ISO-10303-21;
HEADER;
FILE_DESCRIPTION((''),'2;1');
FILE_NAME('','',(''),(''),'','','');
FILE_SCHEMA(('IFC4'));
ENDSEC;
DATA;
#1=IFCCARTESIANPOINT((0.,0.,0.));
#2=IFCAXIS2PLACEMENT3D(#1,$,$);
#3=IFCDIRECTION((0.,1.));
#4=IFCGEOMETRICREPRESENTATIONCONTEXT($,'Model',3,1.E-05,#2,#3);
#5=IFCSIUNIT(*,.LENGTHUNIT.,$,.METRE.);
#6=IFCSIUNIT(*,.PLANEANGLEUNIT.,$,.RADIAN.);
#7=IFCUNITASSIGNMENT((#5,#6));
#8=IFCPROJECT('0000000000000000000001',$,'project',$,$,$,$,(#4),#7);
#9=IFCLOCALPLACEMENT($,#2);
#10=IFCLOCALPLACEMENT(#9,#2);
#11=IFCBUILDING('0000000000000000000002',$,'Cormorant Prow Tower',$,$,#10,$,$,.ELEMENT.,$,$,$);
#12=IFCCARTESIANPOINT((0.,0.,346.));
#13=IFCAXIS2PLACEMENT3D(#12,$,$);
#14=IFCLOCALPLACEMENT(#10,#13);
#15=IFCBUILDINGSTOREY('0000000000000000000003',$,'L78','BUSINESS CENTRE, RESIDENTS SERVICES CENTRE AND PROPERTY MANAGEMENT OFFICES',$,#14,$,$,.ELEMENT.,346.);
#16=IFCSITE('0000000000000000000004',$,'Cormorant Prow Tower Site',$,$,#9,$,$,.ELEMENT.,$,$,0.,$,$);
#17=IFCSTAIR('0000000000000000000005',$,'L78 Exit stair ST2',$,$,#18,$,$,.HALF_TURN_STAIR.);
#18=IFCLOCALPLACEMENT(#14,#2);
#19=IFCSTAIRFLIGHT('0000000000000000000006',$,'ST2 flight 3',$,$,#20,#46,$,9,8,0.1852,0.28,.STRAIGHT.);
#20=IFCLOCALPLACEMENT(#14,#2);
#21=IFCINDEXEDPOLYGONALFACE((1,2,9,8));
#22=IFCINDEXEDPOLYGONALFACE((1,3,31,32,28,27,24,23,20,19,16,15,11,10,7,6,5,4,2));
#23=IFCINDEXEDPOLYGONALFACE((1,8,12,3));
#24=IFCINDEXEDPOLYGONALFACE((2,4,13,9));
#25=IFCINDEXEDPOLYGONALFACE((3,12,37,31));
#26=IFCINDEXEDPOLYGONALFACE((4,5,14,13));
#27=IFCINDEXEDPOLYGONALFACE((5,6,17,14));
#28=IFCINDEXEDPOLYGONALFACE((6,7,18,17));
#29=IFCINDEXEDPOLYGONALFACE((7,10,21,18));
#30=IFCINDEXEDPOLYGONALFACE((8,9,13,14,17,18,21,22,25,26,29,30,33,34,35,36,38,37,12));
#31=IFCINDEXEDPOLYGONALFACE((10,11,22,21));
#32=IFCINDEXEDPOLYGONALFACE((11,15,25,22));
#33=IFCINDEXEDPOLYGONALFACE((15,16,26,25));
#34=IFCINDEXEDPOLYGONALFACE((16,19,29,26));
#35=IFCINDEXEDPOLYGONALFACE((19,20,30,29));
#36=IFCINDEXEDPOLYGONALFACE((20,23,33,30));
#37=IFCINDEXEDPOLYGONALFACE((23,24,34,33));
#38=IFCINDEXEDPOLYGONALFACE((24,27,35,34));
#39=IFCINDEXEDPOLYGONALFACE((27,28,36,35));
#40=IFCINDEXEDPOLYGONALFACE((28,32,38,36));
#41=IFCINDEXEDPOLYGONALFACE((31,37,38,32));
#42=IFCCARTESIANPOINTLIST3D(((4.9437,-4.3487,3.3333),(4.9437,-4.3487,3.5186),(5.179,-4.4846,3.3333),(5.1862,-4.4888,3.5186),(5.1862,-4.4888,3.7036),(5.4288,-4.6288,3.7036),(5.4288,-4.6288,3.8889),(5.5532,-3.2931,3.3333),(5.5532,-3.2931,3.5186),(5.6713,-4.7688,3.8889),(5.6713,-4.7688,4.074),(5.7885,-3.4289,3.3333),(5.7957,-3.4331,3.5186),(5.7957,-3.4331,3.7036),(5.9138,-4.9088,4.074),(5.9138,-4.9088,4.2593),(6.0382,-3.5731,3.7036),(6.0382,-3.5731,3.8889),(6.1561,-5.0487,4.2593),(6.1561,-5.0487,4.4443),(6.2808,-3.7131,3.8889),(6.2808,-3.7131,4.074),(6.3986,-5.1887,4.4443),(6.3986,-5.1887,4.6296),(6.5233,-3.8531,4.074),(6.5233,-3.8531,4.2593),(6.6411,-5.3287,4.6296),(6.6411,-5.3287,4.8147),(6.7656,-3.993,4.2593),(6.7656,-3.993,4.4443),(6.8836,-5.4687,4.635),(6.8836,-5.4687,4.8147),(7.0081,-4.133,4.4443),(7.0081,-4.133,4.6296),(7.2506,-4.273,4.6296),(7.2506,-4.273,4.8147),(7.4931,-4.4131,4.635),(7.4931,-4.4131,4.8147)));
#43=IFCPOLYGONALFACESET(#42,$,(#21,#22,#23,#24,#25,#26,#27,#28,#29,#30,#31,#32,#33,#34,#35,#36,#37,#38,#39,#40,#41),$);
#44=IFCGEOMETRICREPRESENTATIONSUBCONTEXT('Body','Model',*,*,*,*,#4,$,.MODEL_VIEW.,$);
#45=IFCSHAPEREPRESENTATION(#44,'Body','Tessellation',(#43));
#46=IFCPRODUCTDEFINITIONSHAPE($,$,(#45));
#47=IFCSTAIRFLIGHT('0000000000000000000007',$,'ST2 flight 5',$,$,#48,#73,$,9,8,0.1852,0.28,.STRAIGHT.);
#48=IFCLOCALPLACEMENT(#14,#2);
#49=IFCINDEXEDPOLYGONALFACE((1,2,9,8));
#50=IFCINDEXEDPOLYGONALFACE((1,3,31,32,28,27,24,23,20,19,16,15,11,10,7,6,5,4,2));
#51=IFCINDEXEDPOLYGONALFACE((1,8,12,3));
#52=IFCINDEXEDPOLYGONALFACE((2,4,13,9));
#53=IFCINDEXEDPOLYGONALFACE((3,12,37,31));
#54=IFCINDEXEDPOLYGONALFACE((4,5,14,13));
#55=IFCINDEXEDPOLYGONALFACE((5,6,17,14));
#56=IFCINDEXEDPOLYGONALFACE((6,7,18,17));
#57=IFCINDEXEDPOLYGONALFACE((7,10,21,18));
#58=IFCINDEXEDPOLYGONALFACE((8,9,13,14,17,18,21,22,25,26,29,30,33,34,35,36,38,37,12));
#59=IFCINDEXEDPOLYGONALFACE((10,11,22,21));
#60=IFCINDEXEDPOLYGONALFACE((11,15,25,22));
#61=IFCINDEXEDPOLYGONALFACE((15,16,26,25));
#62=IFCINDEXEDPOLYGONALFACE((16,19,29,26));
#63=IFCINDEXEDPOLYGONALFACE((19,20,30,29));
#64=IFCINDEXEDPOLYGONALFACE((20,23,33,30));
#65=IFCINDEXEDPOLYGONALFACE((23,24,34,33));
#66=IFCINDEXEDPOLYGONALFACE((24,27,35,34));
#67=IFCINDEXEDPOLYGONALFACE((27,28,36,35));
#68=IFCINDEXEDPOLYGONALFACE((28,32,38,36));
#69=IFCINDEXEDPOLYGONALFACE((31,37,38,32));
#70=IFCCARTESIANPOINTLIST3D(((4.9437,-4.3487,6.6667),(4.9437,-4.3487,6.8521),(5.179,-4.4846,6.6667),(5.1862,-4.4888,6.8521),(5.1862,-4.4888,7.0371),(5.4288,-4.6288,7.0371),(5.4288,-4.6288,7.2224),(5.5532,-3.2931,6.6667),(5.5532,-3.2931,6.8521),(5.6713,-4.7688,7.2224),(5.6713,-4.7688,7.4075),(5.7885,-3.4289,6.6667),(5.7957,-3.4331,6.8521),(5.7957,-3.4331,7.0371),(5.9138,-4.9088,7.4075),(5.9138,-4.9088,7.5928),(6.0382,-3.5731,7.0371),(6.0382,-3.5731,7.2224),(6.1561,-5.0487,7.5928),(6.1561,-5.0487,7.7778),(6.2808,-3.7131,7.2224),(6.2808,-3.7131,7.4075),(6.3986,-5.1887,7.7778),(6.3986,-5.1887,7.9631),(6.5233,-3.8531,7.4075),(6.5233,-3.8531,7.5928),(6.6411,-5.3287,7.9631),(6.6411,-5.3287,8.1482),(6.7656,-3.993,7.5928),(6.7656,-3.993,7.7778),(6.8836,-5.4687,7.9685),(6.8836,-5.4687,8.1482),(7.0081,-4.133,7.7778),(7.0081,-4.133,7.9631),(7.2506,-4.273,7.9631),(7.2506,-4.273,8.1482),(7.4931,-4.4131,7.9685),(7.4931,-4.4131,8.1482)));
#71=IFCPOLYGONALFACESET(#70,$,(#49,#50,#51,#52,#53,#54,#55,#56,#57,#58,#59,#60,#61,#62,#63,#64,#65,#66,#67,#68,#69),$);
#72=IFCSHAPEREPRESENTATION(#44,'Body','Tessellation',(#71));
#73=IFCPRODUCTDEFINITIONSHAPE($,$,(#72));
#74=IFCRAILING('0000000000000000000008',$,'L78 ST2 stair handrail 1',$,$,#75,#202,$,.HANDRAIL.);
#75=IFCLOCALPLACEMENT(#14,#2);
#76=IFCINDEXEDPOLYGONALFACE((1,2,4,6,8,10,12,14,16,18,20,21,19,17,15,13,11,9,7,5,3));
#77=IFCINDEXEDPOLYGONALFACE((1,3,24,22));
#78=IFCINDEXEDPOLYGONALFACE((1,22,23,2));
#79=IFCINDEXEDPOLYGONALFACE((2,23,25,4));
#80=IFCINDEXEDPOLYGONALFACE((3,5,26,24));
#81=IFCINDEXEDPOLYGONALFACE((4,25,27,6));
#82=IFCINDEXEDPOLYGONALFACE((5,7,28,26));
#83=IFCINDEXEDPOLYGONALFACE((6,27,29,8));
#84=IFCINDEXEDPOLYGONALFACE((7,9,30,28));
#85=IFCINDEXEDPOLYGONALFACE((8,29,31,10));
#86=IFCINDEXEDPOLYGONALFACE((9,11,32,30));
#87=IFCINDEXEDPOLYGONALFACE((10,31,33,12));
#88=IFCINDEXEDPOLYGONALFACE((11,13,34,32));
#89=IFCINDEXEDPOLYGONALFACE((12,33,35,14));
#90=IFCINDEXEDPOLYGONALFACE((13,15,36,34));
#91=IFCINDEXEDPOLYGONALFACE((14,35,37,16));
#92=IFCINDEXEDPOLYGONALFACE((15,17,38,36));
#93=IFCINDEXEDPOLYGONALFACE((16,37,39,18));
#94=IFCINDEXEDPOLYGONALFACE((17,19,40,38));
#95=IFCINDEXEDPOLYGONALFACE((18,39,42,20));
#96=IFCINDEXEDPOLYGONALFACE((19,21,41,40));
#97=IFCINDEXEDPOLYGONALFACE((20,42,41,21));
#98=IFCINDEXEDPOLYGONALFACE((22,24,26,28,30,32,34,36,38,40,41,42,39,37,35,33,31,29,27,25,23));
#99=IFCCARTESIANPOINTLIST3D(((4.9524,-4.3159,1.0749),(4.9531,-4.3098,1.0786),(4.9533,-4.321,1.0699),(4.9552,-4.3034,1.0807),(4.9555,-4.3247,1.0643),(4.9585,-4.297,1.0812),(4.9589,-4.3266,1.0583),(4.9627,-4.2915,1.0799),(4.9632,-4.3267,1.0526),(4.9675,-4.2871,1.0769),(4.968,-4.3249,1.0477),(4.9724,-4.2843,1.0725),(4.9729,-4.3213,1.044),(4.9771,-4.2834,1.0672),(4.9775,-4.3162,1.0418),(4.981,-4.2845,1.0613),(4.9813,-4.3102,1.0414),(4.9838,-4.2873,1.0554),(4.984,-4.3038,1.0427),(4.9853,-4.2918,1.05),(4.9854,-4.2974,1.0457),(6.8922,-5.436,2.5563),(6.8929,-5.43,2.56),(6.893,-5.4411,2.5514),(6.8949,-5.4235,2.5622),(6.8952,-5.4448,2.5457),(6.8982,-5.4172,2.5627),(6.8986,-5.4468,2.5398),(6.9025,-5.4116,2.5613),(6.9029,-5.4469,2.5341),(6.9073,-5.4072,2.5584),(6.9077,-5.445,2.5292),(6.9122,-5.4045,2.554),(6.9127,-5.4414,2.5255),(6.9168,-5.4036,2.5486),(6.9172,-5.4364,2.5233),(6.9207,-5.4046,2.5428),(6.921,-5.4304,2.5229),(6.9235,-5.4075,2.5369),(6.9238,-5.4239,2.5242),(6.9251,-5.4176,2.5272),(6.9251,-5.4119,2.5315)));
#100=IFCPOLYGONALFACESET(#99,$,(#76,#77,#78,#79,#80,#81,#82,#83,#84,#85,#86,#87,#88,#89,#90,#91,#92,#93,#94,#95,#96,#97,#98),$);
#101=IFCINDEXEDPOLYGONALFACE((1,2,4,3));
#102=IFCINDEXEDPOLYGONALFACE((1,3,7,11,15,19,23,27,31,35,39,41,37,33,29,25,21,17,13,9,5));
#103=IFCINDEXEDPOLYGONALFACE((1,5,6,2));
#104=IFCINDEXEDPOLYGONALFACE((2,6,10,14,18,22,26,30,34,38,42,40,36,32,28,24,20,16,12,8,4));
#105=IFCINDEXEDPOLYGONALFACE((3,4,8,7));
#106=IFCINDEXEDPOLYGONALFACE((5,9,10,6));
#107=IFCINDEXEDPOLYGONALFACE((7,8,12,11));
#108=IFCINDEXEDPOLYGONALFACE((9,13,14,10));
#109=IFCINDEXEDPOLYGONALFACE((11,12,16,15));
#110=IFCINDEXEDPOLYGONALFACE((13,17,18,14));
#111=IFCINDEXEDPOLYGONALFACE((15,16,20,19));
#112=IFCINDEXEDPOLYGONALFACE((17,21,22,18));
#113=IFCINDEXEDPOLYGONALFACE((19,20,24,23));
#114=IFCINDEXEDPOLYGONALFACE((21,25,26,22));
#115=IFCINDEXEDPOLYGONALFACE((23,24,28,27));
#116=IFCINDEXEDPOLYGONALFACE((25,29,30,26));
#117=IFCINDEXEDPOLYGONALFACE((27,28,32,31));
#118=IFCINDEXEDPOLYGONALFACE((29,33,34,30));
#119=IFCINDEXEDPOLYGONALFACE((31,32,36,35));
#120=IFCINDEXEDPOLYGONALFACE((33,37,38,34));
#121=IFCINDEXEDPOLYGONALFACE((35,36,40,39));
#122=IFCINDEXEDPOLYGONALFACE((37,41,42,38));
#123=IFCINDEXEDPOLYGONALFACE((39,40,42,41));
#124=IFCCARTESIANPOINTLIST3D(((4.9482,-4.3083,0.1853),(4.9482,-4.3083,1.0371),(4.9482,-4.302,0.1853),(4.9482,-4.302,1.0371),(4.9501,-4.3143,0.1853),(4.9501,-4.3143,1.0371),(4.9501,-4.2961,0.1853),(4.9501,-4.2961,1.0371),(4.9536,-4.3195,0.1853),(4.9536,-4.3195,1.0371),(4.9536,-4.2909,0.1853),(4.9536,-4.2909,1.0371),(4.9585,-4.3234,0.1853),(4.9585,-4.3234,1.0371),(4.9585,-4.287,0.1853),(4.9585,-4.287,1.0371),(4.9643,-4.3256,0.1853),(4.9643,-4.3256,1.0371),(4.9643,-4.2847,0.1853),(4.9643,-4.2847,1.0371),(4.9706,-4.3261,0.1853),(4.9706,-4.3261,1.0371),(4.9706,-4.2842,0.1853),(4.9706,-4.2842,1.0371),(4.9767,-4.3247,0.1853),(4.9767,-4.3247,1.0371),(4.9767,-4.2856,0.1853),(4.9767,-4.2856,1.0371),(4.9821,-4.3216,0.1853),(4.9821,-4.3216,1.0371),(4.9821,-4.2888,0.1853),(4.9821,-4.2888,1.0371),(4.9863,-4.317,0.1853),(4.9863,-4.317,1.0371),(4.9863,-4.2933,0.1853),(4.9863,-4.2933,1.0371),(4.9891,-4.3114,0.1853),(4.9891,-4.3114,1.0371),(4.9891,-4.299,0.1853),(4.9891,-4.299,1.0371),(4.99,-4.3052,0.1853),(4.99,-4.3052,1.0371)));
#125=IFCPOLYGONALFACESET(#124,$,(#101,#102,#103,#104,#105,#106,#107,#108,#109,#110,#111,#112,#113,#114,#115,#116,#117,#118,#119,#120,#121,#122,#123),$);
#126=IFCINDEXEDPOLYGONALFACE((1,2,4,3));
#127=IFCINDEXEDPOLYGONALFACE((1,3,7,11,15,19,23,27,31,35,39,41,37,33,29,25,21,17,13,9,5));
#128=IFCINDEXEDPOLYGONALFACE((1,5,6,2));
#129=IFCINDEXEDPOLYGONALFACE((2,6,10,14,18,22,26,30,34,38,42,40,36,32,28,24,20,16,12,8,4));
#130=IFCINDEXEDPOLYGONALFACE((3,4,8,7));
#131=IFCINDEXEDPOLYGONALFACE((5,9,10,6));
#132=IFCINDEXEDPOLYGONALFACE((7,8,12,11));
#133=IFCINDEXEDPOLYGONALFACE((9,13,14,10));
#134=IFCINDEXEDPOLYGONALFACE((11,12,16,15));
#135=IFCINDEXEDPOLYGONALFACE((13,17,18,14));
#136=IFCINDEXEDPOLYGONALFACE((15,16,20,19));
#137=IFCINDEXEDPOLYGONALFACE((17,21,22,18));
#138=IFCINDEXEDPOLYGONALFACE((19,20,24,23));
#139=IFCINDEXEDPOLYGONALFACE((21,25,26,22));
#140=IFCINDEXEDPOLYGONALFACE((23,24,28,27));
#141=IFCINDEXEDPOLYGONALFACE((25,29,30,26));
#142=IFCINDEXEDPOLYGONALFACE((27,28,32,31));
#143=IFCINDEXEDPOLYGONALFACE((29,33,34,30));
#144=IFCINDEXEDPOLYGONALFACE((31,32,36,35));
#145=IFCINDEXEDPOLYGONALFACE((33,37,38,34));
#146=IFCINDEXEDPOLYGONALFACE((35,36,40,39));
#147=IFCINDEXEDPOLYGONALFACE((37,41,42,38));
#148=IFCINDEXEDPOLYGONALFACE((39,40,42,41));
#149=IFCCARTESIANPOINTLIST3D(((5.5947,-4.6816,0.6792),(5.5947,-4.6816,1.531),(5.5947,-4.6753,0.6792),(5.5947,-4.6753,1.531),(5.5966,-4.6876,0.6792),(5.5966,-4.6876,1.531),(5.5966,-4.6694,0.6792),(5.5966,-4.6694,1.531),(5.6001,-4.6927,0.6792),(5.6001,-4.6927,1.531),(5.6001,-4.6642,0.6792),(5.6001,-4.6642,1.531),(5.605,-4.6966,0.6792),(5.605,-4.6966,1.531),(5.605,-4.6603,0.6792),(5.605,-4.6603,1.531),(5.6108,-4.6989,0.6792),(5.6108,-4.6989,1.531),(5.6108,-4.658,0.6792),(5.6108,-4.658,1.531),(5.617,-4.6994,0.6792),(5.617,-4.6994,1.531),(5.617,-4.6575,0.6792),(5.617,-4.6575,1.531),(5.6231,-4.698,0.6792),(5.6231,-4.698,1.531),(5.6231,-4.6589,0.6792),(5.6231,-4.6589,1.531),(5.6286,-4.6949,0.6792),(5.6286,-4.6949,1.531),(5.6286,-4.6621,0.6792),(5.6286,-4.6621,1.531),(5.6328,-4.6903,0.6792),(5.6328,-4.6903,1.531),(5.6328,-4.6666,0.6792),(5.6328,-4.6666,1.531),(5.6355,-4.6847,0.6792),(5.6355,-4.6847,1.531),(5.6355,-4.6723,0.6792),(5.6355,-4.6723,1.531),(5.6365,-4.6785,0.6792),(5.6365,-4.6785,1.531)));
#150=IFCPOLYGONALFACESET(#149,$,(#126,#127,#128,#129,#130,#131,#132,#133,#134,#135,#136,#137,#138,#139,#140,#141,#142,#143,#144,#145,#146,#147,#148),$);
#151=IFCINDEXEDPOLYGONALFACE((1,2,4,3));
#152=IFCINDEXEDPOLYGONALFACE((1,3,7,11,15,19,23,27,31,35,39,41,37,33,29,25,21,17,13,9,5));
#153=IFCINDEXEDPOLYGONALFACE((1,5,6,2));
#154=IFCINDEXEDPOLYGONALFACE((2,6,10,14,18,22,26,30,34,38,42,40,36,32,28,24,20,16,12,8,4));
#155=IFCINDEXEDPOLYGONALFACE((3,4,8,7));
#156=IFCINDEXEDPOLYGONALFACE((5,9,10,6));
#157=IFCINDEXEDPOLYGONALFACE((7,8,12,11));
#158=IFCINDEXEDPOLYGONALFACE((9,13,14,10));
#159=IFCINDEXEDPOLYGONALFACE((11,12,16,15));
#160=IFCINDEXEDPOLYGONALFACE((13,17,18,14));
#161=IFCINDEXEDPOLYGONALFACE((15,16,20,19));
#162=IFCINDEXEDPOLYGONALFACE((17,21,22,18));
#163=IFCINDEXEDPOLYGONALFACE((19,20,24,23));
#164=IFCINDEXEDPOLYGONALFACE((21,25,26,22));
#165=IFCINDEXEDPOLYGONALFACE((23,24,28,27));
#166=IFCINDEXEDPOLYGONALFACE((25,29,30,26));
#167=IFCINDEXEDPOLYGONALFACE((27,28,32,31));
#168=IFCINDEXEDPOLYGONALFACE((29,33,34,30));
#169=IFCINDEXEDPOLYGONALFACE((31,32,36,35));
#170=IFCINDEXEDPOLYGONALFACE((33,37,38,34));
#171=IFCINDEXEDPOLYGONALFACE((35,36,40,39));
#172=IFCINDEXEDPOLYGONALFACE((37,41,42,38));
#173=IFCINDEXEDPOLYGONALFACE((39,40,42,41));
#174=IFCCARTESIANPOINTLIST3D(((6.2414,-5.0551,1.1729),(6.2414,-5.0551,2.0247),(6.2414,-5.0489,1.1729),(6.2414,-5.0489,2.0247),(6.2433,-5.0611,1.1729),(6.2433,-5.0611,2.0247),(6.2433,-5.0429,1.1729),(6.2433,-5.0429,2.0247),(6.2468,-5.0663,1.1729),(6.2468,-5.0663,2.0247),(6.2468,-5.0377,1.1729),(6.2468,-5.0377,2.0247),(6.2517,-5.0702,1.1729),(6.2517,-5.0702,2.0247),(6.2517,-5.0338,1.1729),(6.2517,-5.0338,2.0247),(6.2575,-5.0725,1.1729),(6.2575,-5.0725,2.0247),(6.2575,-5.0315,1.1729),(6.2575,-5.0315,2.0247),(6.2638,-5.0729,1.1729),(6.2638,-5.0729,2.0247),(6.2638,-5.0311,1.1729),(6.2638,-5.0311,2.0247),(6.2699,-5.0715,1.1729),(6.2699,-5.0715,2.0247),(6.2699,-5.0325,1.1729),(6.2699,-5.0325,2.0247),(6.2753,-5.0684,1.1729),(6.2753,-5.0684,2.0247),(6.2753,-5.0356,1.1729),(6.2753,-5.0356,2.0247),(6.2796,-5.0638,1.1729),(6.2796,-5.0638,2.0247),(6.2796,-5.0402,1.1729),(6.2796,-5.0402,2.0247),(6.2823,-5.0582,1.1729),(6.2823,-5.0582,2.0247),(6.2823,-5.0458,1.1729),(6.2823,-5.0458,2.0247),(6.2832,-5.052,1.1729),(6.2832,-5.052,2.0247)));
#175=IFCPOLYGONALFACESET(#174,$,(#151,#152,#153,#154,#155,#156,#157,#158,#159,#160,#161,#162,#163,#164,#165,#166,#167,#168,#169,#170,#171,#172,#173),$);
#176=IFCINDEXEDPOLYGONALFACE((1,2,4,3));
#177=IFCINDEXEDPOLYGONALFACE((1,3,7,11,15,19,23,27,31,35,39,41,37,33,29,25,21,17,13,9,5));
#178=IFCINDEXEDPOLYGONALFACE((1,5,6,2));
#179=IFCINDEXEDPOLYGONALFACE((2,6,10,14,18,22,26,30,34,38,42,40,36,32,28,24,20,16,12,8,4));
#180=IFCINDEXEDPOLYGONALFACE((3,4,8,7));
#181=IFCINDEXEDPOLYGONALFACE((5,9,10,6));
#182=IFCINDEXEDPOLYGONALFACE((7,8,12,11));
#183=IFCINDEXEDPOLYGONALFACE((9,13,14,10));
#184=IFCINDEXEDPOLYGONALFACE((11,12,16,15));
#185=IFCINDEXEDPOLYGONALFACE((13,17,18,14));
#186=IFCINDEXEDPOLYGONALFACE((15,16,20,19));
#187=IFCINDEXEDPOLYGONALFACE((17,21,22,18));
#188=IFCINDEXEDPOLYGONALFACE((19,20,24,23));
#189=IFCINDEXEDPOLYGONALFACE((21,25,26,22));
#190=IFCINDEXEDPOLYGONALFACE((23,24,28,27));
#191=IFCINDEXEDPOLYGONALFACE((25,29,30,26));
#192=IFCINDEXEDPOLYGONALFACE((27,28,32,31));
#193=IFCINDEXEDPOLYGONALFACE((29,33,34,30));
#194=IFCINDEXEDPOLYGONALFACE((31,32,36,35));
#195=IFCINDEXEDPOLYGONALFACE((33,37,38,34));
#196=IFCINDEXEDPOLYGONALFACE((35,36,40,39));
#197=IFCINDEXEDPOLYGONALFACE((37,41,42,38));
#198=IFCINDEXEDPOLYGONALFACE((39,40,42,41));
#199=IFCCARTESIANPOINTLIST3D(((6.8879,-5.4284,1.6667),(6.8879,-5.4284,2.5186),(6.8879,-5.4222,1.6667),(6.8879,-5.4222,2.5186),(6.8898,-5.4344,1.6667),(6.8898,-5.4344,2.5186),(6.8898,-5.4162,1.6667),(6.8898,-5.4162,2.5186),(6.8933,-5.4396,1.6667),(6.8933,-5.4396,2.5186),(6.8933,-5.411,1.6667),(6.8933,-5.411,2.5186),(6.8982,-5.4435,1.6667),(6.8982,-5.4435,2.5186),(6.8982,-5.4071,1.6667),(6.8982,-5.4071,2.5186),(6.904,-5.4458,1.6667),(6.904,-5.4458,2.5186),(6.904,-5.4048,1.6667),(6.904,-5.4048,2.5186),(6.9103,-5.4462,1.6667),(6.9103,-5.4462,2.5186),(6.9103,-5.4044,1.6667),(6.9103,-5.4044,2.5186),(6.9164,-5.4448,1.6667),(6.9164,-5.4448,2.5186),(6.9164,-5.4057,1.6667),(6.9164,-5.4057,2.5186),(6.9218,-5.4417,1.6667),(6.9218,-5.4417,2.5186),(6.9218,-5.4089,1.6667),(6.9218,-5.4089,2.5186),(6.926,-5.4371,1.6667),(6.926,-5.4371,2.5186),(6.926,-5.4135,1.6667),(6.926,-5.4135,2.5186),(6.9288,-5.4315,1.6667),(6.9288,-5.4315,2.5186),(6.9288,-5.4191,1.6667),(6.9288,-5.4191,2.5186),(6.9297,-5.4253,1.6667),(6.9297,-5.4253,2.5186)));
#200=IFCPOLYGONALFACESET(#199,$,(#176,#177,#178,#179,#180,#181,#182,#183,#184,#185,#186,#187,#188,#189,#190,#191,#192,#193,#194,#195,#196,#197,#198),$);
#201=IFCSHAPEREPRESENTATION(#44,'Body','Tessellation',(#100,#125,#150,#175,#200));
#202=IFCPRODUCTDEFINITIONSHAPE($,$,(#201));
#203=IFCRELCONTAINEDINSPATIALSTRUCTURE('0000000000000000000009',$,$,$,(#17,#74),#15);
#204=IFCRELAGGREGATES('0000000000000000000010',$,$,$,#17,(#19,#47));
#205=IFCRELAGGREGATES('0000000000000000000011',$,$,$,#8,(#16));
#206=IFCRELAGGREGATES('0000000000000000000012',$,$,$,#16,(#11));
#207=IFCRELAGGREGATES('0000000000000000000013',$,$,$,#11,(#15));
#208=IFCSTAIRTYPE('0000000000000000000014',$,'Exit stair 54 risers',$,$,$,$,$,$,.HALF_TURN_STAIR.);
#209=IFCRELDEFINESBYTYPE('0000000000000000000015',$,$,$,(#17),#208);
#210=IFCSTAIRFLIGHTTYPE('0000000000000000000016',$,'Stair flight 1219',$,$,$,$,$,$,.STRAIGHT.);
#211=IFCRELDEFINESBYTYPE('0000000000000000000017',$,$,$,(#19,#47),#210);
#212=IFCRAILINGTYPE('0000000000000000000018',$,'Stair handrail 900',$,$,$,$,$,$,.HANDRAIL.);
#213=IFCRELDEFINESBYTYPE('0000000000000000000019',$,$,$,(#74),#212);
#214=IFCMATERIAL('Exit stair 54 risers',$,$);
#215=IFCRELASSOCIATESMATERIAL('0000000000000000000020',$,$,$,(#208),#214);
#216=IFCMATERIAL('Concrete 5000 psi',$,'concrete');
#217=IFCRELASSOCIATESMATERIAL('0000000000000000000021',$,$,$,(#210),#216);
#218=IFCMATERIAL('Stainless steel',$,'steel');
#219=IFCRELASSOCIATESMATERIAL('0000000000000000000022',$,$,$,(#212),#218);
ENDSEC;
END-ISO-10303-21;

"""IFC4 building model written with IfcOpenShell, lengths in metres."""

from ifc_helpers import new_model, si_unit, direction, frame, origin, origin_2d, place, context, subcontext, project, spatial, polyline, circle, outline, extrude, material, type_object, element, aggregate, save


model = new_model("IFC4")

# Units and contexts
model_context = context("Model", 3, precision=1e-05, world=origin(), true_north=direction((0.0, 1.0)))
body_context = subcontext(model_context, "Body", "Model", "MODEL_VIEW")
ifc_project = project(units=[si_unit("LENGTHUNIT", "METRE"), si_unit("PLANEANGLEUNIT", "RADIAN")], contexts=[model_context])

# Site, building, storey
site_placement = place(None, origin())
site = spatial("IfcSite", under=ifc_project, at=site_placement, Name="Cormorant Prow Tower Site", CompositionType="ELEMENT", RefElevation=0.0)
building_placement = place(site_placement, origin())
building = spatial("IfcBuilding", under=site, at=building_placement, Name="Cormorant Prow Tower", CompositionType="ELEMENT")
storey_placement = place(building_placement, frame((0.0, 0.0, 346.0)))
storey = spatial("IfcBuildingStorey", under=building, at=storey_placement, Name="L78", Description="BUSINESS CENTRE, RESIDENTS SERVICES CENTRE AND PROPERTY MANAGEMENT OFFICES", CompositionType="ELEMENT", Elevation=346.0)

# Stair, stair flights
ifc_material_1 = material(Name="Exit stair 54 risers")
stair_type = type_object("IfcStairType", Name="Exit stair 54 risers", PredefinedType="HALF_TURN_STAIR", material=ifc_material_1)
stair_placement = place(storey_placement, origin())
stair = element("IfcStair", 1, at=stair_placement, inside=storey, type_object=stair_type, Name="L78 Exit stair ST2", PredefinedType="HALF_TURN_STAIR")
ifc_material_2 = material(Name="Concrete 5000 psi", Category="concrete")
stair_flight_type = type_object("IfcStairFlightType", Name="Stair flight 1219", PredefinedType="STRAIGHT", material=ifc_material_2)
stair_flight_1_placement = place(storey_placement, frame((5.2485, -3.8208, 3.3333), z_axis=(0.0, 0.0, 1.0), x_axis=(0.866025, -0.5, 0.0)))
stair_flight_1 = element("IfcStairFlight", 2, at=stair_flight_1_placement, type_object=stair_flight_type, Name="ST2 flight 3", NumberOfRisers=9, NumberOfTreads=8, PredefinedType="STRAIGHT", RiserHeight=0.1852, TreadLength=0.28, context=body_context, shape_type="SweptSolid", body=[
    extrude(outline(polyline([(0.0, 0.0), (0.0, 0.1853), (0.28, 0.1853), (0.28, 0.3704), (0.5601, 0.3704), (0.5601, 0.5557), (0.8401, 0.5557), (0.8401, 0.7407), (1.1201, 0.7407), (1.1201, 0.926), (1.3999, 0.926), (1.3999, 1.1111), (1.6799, 1.1111), (1.6799, 1.2964), (1.96, 1.2964), (1.96, 1.4814), (2.24, 1.4814), (2.24, 1.6667), (2.24, 1.3018), (0.2717, 0.0), (0.0, 0.0)])), frame((0.0, 0.6094, 0.0), z_axis=(0.0, -1.0, 0.0), x_axis=(1.0, 0.0, 0.0)), (0.0, 0.0, 1.0), 1.219),
])
stair_flight_2_placement = place(storey_placement, frame((5.2485, -3.8208, 6.6667), z_axis=(0.0, 0.0, 1.0), x_axis=(0.866025, -0.5, 0.0)))
stair_flight_2 = element("IfcStairFlight", 3, at=stair_flight_2_placement, type_object=stair_flight_type, Name="ST2 flight 5", NumberOfRisers=9, NumberOfTreads=8, PredefinedType="STRAIGHT", RiserHeight=0.1852, TreadLength=0.28, context=body_context, shape_type="SweptSolid", body=[
    extrude(outline(polyline([(0.0, 0.0), (0.0, 0.1853), (0.28, 0.1853), (0.28, 0.3704), (0.5601, 0.3704), (0.5601, 0.5557), (0.8401, 0.5557), (0.8401, 0.7407), (1.1201, 0.7407), (1.1201, 0.926), (1.3999, 0.926), (1.3999, 1.1111), (1.6799, 1.1111), (1.6799, 1.2964), (1.96, 1.2964), (1.96, 1.4814), (2.24, 1.4814), (2.24, 1.6667), (2.24, 1.3018), (0.2717, 0.0), (0.0, 0.0)])), frame((0.0, 0.6094, 0.0), z_axis=(0.0, -1.0, 0.0), x_axis=(1.0, 0.0, 0.0)), (0.0, 0.0, 1.0), 1.219),
])
aggregate(stair, [stair_flight_1, stair_flight_2])

# Railing
ifc_material_3 = material(Name="Stainless steel", Category="steel")
railing_type_1 = type_object("IfcRailingType", Name="Stair handrail 900", PredefinedType="HANDRAIL", material=ifc_material_3)
for number, where, name in (
    (4, (4.969, -4.3052, 0.1853), "L78 ST2 stair handrail 1"),
):
    element("IfcRailing", number, at=place(storey_placement, frame(where)), inside=storey, type_object=railing_type_1, Name=name, PredefinedType="HANDRAIL", context=body_context, shape_type="SweptSolid", body=[
        extrude(circle(Radius=0.0239, at=origin_2d()), frame((0.0, 0.0, 0.876), z_axis=(0.722292, -0.417102, 0.551651), x_axis=(0.500078, 0.86598, 0.0)), (0.0, 0.0, 1.0), 2.6855),
        extrude(circle(Radius=0.021, at=origin_2d()), origin(), (0.0, 0.0, 1.0), 0.8518),
        extrude(circle(Radius=0.021, at=origin_2d()), frame((0.6465, -0.3733, 0.4939)), (0.0, 0.0, 1.0), 0.8518),
        extrude(circle(Radius=0.021, at=origin_2d()), frame((1.2932, -0.7468, 0.9875)), (0.0, 0.0, 1.0), 0.8518),
        extrude(circle(Radius=0.021, at=origin_2d()), frame((1.9397, -1.1201, 1.4814)), (0.0, 0.0, 1.0), 0.8518),
    ])

save(model, "model.ifc")
